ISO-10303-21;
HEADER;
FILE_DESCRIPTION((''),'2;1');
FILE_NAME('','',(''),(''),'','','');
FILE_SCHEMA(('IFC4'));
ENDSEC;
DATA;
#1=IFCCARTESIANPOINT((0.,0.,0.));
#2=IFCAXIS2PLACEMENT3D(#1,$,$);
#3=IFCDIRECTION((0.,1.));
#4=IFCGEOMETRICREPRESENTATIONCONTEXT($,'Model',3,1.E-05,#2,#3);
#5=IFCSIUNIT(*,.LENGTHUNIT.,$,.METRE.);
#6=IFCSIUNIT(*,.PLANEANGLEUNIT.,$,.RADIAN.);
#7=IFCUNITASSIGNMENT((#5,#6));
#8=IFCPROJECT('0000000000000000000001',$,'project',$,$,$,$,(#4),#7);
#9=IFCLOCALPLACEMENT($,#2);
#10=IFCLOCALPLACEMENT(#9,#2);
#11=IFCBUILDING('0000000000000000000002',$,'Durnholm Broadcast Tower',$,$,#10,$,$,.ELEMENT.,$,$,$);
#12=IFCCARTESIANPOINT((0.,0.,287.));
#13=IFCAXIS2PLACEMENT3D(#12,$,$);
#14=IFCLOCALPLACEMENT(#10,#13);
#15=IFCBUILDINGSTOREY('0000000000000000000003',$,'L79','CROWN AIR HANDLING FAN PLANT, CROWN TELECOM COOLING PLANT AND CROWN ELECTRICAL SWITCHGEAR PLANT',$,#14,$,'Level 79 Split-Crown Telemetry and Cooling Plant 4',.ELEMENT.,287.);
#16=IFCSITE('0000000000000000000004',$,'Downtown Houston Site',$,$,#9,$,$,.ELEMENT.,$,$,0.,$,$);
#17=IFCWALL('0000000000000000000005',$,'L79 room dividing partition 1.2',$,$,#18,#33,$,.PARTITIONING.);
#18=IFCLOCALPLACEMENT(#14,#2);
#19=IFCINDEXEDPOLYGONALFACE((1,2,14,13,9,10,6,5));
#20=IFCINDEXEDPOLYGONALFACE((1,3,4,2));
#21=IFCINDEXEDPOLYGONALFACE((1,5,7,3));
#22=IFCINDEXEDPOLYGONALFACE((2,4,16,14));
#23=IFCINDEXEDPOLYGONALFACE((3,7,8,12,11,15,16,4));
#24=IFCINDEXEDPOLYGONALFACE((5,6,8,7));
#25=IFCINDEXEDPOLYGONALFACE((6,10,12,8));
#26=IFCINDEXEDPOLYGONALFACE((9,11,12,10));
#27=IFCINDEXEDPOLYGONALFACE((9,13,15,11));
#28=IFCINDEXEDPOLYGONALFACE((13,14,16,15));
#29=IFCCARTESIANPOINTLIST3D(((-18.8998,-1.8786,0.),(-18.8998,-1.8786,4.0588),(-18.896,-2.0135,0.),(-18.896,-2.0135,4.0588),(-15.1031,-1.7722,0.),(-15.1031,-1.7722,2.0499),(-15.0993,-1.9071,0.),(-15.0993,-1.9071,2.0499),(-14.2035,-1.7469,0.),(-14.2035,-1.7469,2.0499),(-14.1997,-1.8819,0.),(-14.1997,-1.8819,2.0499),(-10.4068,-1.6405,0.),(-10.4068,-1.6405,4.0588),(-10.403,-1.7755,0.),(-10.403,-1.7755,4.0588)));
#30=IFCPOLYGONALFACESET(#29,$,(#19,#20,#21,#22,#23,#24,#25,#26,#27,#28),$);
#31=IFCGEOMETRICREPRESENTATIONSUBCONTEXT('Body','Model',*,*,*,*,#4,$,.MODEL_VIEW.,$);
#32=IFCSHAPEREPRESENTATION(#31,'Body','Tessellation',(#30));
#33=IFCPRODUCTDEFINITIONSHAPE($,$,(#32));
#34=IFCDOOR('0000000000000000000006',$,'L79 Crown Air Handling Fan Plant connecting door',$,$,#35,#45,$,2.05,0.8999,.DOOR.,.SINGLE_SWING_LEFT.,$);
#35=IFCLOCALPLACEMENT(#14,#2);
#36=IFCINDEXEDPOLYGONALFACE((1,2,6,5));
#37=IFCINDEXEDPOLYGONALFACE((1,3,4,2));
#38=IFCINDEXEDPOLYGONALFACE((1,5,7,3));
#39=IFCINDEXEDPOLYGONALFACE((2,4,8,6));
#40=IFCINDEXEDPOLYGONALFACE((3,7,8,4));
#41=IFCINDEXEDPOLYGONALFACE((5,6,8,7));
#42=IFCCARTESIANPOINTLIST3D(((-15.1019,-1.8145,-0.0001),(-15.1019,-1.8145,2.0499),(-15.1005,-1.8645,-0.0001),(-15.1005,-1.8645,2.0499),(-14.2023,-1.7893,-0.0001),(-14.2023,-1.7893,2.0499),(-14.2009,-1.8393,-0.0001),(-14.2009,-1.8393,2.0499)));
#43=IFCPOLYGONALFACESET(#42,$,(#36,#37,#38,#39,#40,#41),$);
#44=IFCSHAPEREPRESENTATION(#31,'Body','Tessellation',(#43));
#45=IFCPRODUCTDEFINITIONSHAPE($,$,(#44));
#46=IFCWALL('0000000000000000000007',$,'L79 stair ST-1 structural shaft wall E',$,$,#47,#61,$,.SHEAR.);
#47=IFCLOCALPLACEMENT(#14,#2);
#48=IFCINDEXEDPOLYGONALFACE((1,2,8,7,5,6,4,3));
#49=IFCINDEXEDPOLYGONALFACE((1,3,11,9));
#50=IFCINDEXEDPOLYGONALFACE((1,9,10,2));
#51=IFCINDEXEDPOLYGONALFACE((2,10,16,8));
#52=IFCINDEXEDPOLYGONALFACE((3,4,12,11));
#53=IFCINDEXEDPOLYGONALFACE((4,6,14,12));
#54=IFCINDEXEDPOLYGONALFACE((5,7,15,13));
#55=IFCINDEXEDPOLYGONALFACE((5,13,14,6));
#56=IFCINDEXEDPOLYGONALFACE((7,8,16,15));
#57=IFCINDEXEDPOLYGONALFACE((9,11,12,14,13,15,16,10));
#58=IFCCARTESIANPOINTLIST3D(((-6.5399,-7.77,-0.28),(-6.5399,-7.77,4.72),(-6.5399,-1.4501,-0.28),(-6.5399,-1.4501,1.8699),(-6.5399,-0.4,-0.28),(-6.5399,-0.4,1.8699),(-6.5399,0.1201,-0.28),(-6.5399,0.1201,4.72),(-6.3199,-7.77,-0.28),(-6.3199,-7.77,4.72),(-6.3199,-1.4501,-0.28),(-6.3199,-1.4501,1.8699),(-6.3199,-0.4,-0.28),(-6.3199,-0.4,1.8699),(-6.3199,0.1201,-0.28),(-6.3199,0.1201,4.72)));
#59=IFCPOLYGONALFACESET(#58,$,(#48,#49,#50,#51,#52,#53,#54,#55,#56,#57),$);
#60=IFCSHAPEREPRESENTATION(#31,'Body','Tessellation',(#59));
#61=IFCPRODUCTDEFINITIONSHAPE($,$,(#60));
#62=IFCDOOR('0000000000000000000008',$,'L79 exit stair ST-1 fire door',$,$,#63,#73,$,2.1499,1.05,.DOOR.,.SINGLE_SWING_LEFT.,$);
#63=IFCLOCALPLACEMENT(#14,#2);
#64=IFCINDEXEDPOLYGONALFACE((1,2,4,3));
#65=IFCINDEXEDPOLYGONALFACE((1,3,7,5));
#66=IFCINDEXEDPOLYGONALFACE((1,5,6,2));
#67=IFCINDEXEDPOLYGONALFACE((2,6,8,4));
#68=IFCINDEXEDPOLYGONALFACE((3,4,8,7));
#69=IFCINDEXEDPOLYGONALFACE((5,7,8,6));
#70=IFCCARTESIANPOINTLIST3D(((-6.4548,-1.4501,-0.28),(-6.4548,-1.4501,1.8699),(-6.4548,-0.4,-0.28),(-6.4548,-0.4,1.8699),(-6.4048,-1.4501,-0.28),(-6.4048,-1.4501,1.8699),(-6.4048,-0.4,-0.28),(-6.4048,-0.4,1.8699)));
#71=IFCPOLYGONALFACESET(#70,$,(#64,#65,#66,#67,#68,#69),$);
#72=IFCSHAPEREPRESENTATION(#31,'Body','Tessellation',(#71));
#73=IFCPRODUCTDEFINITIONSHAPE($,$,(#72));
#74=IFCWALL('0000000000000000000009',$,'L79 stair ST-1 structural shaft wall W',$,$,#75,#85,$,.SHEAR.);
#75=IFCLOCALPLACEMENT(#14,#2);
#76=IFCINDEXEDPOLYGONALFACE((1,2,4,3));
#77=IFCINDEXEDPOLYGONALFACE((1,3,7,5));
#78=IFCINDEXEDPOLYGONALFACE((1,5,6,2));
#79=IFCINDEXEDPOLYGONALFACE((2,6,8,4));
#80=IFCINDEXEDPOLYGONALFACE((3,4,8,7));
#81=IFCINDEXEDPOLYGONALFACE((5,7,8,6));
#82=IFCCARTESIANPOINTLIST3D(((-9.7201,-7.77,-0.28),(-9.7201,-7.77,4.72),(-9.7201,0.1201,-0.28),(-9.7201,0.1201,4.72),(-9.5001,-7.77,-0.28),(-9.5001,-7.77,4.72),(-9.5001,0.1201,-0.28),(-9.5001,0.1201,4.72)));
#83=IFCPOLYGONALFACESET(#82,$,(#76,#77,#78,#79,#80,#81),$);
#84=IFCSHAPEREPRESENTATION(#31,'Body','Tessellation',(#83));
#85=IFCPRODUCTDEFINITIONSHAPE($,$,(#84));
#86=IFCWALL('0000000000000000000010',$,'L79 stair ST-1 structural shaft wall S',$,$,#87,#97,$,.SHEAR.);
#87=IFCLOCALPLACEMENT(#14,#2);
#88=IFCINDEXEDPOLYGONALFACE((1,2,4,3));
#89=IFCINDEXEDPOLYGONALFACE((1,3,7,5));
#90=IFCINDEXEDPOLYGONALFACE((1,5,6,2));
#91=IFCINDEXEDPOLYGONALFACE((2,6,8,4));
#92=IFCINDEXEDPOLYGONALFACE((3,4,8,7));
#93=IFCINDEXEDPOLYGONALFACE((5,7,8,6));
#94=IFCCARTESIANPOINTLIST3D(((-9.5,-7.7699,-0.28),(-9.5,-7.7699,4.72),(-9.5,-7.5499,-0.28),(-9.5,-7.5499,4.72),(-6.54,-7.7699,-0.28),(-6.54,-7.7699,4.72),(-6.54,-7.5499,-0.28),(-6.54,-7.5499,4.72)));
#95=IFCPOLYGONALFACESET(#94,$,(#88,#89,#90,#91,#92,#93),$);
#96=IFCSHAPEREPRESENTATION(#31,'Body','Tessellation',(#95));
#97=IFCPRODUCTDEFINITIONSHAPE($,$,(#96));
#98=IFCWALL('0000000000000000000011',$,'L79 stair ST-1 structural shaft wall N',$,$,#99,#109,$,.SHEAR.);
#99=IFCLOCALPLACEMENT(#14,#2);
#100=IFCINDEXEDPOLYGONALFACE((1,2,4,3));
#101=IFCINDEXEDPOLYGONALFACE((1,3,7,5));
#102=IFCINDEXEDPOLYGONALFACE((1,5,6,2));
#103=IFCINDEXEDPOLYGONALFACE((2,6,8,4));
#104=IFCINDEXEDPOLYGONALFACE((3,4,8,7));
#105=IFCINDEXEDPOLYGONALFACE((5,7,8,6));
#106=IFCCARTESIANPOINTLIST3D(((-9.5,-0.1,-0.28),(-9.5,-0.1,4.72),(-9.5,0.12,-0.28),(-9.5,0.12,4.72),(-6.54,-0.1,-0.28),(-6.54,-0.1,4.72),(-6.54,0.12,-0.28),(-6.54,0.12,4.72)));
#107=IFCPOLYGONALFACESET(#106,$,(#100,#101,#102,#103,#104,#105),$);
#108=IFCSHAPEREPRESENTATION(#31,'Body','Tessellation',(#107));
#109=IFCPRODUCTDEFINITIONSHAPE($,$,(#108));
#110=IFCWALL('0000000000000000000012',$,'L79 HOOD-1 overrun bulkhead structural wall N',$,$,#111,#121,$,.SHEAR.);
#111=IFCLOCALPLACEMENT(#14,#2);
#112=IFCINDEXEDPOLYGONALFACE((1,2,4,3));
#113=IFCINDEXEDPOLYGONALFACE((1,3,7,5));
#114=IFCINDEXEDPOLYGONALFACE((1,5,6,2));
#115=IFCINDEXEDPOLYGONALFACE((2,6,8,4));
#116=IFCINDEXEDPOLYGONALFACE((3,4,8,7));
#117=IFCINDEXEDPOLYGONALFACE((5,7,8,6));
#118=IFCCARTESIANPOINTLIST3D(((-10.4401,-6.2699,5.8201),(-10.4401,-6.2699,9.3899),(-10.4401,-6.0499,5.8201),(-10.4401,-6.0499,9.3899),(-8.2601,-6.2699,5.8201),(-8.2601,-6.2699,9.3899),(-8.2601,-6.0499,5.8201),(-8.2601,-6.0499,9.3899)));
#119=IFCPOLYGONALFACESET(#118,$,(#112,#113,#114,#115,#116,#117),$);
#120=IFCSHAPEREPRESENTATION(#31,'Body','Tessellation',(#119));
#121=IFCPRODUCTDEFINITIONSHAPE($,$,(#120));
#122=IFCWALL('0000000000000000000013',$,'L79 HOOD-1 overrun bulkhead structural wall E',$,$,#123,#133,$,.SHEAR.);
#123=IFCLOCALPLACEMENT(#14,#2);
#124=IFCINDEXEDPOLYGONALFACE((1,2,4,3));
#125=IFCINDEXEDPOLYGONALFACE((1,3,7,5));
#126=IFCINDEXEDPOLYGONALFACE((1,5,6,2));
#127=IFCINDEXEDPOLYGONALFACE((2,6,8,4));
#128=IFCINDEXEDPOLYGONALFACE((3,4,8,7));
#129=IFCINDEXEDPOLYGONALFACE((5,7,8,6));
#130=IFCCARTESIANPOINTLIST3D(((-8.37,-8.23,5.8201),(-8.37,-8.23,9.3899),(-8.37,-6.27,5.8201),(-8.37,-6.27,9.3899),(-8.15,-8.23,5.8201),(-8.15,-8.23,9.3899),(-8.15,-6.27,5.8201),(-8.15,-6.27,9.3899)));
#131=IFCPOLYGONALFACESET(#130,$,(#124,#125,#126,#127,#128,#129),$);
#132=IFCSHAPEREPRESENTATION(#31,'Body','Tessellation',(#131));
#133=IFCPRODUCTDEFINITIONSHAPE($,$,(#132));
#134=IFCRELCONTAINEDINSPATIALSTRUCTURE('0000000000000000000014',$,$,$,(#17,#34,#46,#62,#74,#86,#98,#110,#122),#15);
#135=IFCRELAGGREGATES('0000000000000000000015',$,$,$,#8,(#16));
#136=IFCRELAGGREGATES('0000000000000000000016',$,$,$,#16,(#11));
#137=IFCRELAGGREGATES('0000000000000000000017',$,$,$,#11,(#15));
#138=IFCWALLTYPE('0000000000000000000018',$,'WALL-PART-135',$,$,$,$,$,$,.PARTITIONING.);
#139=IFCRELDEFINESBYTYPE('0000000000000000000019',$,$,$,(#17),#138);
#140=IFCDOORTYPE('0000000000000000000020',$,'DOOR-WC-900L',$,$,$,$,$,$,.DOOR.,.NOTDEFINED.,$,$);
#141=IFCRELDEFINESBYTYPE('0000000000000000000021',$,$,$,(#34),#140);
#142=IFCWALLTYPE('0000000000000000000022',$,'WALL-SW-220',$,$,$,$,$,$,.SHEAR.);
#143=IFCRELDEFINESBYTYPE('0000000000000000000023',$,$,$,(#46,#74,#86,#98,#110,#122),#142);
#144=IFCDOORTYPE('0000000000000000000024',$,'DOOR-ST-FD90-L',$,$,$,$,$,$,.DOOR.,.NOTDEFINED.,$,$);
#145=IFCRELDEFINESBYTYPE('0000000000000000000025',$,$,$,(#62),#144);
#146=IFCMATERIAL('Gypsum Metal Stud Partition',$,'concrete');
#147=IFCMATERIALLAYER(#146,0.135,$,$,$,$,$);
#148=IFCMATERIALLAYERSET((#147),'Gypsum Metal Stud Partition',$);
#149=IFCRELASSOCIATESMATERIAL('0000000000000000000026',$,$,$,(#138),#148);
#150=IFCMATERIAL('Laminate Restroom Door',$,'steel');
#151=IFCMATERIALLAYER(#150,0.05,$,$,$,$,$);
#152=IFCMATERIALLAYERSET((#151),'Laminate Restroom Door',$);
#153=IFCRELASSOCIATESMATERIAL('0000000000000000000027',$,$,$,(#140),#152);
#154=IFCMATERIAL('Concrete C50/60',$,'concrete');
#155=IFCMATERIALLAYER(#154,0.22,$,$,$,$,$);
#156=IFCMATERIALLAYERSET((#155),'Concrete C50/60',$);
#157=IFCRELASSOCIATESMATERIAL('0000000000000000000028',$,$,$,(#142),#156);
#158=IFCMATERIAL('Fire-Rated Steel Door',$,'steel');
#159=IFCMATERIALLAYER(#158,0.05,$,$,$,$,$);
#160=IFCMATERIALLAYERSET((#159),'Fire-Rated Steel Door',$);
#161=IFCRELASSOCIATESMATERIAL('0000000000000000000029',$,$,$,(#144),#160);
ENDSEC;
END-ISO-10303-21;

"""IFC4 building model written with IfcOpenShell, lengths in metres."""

from ifc_helpers import new_model, si_unit, direction, frame, frame_2d, origin, place, context, subcontext, project, spatial, rectangle, extrude, source, transform, mapped, material, layer, layer_set, type_object, type_shapes, element, fill, save


model = new_model("IFC4")

# Units and contexts
model_context = context("Model", 3, precision=1e-05, world=origin(), true_north=direction((0.0, 1.0)))
body_context = subcontext(model_context, "Body", "Model", "MODEL_VIEW")
ifc_project = project(units=[si_unit("LENGTHUNIT", "METRE"), si_unit("PLANEANGLEUNIT", "RADIAN")], contexts=[model_context])

# Site, building, storey
site_placement = place(None, origin())
site = spatial("IfcSite", under=ifc_project, at=site_placement, Name="Downtown Houston Site", CompositionType="ELEMENT", RefElevation=0.0)
building_placement = place(site_placement, origin())
building = spatial("IfcBuilding", under=site, at=building_placement, Name="Durnholm Broadcast Tower", CompositionType="ELEMENT")
storey_placement = place(building_placement, frame((0.0, 0.0, 287.0)))
storey = spatial("IfcBuildingStorey", under=building, at=storey_placement, Name="L79", Description="CROWN AIR HANDLING FAN PLANT, CROWN TELECOM COOLING PLANT AND CROWN ELECTRICAL SWITCHGEAR PLANT", LongName="Level 79 Split-Crown Telemetry and Cooling Plant 4", CompositionType="ELEMENT", Elevation=287.0)

# Walls, openings, doors
ifc_material_1 = material(Name="Gypsum Metal Stud Partition", Category="concrete")
ifc_layer_1 = layer(ifc_material_1, 0.135)
ifc_layer_set_1 = layer_set([ifc_layer_1], Name="Gypsum Metal Stud Partition")
wall_type_1 = type_object("IfcWallType", Name="WALL-PART-135", PredefinedType="PARTITIONING", material=ifc_layer_set_1)
wall_1_placement = place(storey_placement, frame((-10.405, -1.708, 0.0), z_axis=(0.0, 0.0, 1.0), x_axis=(-0.999607, -0.028017, 0.0)))
wall_1 = element("IfcWall", 1, at=wall_1_placement, inside=storey, type_object=wall_type_1, Name="L79 room dividing partition 1.2", PredefinedType="PARTITIONING", context=body_context, shape_type="SweptSolid", body=[
    extrude(rectangle(XDim=8.4963, YDim=0.135, at=frame_2d((4.248, 0.0))), origin(), (0.0, 0.0, 1.0), 4.0588),
])
opening_1_placement = place(wall_1_placement, frame((3.7981, 0.0, 0.0)))
opening_1 = element("IfcOpeningElement", 2, at=opening_1_placement, cuts=wall_1, PredefinedType="OPENING", context=body_context, shape_type="SweptSolid", body=[
    extrude(rectangle(XDim=0.8999, YDim=2.05, at=frame_2d((0.45, 1.0249))), frame((0.0, 0.0776, 0.0), z_axis=(0.0, -1.0, 0.0), x_axis=(1.0, 0.0, 0.0)), (0.0, 0.0, 1.0), 0.155),
])
ifc_material_2 = material(Name="Laminate Restroom Door", Category="steel")
ifc_layer_2 = layer(ifc_material_2, 0.05)
ifc_layer_set_2 = layer_set([ifc_layer_2], Name="Laminate Restroom Door")
door_type_1 = type_object("IfcDoorType", Name="DOOR-WC-900L", OperationType="NOTDEFINED", PredefinedType="DOOR", material=ifc_layer_set_2)
shared_shape_1 = source(origin(), body_context, "Body", "SweptSolid", [
    extrude(rectangle(XDim=0.8999, YDim=2.05, at=frame_2d((0.45, 1.0249))), frame((0.0, 0.0249, 0.0), z_axis=(0.0, -1.0, 0.0), x_axis=(1.0, 0.0, 0.0)), (0.0, 0.0, 1.0), 0.05),
])
type_shapes(door_type_1, [shared_shape_1])
door_1_placement = place(opening_1_placement, origin())
door_1 = element("IfcDoor", 3, at=door_1_placement, inside=storey, type_object=door_type_1, Name="L79 Crown Air Handling Fan Plant connecting door", OperationType="SINGLE_SWING_LEFT", OverallHeight=2.05, OverallWidth=0.8999, PredefinedType="DOOR", context=body_context, shape_type="MappedRepresentation", body=[
    mapped(shared_shape_1, transform((0.0, 0.0, 0.0), x_axis=(1.0, 0.0, 0.0), y_axis=(0.0, 1.0, 0.0), z_axis=(0.0, 0.0, 1.0), scale=1.0)),
])
fill(opening_1, door_1)
ifc_material_3 = material(Name="Concrete C50/60", Category="concrete")
ifc_layer_3 = layer(ifc_material_3, 0.22)
ifc_layer_set_3 = layer_set([ifc_layer_3], Name="Concrete C50/60")
wall_type_2 = type_object("IfcWallType", Name="WALL-SW-220", PredefinedType="SHEAR", material=ifc_layer_set_3)
wall_2_placement = place(storey_placement, frame((-6.4299, -7.77, -0.28), z_axis=(0.0, 0.0, 1.0), x_axis=(0.0, 1.0, 0.0)))
wall_2 = element("IfcWall", 4, at=wall_2_placement, inside=storey, type_object=wall_type_2, Name="L79 stair ST-1 structural shaft wall E", PredefinedType="SHEAR", context=body_context, shape_type="SweptSolid", body=[
    extrude(rectangle(XDim=7.8901, YDim=0.22, at=frame_2d((3.9451, 0.0))), origin(), (0.0, 0.0, 1.0), 5.0),
])
opening_2_placement = place(wall_2_placement, frame((6.3201, 0.0, 0.0)))
opening_2 = element("IfcOpeningElement", 5, at=opening_2_placement, cuts=wall_2, PredefinedType="OPENING", context=body_context, shape_type="SweptSolid", body=[
    extrude(rectangle(XDim=1.05, YDim=2.1499, at=frame_2d((0.5249, 1.075))), frame((0.0, 0.1201, 0.0), z_axis=(0.0, -1.0, 0.0), x_axis=(1.0, 0.0, 0.0)), (0.0, 0.0, 1.0), 0.24),
])
ifc_material_4 = material(Name="Fire-Rated Steel Door", Category="steel")
ifc_layer_4 = layer(ifc_material_4, 0.05)
ifc_layer_set_4 = layer_set([ifc_layer_4], Name="Fire-Rated Steel Door")
door_type_2 = type_object("IfcDoorType", Name="DOOR-ST-FD90-L", OperationType="NOTDEFINED", PredefinedType="DOOR", material=ifc_layer_set_4)
shared_shape_2 = source(origin(), body_context, "Body", "SweptSolid", [
    extrude(rectangle(XDim=1.05, YDim=2.1499, at=frame_2d((0.5249, 1.075))), frame((0.0, 0.0249, 0.0), z_axis=(0.0, -1.0, 0.0), x_axis=(1.0, 0.0, 0.0)), (0.0, 0.0, 1.0), 0.05),
])
type_shapes(door_type_2, [shared_shape_2])
door_2_placement = place(opening_2_placement, origin())
door_2 = element("IfcDoor", 6, at=door_2_placement, inside=storey, type_object=door_type_2, Name="L79 exit stair ST-1 fire door", OperationType="SINGLE_SWING_LEFT", OverallHeight=2.1499, OverallWidth=1.05, PredefinedType="DOOR", context=body_context, shape_type="MappedRepresentation", body=[
    mapped(shared_shape_2, transform((0.0, 0.0, 0.0), x_axis=(1.0, 0.0, 0.0), y_axis=(0.0, 1.0, 0.0), z_axis=(0.0, 0.0, 1.0), scale=1.0)),
])
fill(opening_2, door_2)

# Walls
wall_3_placement = place(storey_placement, frame((-9.6101, 0.1201, -0.28), z_axis=(0.0, 0.0, 1.0), x_axis=(0.0, -1.0, 0.0)))
element("IfcWall", 7, at=wall_3_placement, inside=storey, type_object=wall_type_2, Name="L79 stair ST-1 structural shaft wall W", PredefinedType="SHEAR", context=body_context, shape_type="SweptSolid", body=[
    extrude(rectangle(XDim=7.8901, YDim=0.22, at=frame_2d((3.9451, 0.0))), origin(), (0.0, 0.0, 1.0), 5.0),
])
for number, where, z_axis, x_axis, name in (
    (8, (-9.5, -7.6599, -0.28), (0.0, 0.0, 1.0), (1.0, 0.0, 0.0), "L79 stair ST-1 structural shaft wall S"),
    (9, (-6.54, 0.01, -0.28), (0.0, 0.0, 1.0), (-1.0, 0.0, 0.0), "L79 stair ST-1 structural shaft wall N"),
):
    element("IfcWall", number, at=place(storey_placement, frame(where, z_axis=z_axis, x_axis=x_axis)), inside=storey, type_object=wall_type_2, Name=name, PredefinedType="SHEAR", context=body_context, shape_type="SweptSolid", body=[
        extrude(rectangle(XDim=2.96, YDim=0.22, at=frame_2d((1.48, 0.0))), origin(), (0.0, 0.0, 1.0), 5.0),
    ])
wall_4_placement = place(storey_placement, frame((-10.4399, -6.1599, 5.8201), z_axis=(0.0, 0.0, 1.0), x_axis=(1.0, 0.0, 0.0)))
element("IfcWall", 10, at=wall_4_placement, inside=storey, type_object=wall_type_2, Name="L79 HOOD-1 overrun bulkhead structural wall N", PredefinedType="SHEAR", context=body_context, shape_type="SweptSolid", body=[
    extrude(rectangle(XDim=2.1799, YDim=0.22, at=frame_2d((1.0898, 0.0))), origin(), (0.0, 0.0, 1.0), 3.5698),
])
wall_5_placement = place(storey_placement, frame((-8.26, -8.23, 5.8201), z_axis=(0.0, 0.0, 1.0), x_axis=(0.0, 1.0, 0.0)))
element("IfcWall", 11, at=wall_5_placement, inside=storey, type_object=wall_type_2, Name="L79 HOOD-1 overrun bulkhead structural wall E", PredefinedType="SHEAR", context=body_context, shape_type="SweptSolid", body=[
    extrude(rectangle(XDim=1.96, YDim=0.22, at=frame_2d((0.98, 0.0))), origin(), (0.0, 0.0, 1.0), 3.5698),
])

save(model, "model.ifc")
